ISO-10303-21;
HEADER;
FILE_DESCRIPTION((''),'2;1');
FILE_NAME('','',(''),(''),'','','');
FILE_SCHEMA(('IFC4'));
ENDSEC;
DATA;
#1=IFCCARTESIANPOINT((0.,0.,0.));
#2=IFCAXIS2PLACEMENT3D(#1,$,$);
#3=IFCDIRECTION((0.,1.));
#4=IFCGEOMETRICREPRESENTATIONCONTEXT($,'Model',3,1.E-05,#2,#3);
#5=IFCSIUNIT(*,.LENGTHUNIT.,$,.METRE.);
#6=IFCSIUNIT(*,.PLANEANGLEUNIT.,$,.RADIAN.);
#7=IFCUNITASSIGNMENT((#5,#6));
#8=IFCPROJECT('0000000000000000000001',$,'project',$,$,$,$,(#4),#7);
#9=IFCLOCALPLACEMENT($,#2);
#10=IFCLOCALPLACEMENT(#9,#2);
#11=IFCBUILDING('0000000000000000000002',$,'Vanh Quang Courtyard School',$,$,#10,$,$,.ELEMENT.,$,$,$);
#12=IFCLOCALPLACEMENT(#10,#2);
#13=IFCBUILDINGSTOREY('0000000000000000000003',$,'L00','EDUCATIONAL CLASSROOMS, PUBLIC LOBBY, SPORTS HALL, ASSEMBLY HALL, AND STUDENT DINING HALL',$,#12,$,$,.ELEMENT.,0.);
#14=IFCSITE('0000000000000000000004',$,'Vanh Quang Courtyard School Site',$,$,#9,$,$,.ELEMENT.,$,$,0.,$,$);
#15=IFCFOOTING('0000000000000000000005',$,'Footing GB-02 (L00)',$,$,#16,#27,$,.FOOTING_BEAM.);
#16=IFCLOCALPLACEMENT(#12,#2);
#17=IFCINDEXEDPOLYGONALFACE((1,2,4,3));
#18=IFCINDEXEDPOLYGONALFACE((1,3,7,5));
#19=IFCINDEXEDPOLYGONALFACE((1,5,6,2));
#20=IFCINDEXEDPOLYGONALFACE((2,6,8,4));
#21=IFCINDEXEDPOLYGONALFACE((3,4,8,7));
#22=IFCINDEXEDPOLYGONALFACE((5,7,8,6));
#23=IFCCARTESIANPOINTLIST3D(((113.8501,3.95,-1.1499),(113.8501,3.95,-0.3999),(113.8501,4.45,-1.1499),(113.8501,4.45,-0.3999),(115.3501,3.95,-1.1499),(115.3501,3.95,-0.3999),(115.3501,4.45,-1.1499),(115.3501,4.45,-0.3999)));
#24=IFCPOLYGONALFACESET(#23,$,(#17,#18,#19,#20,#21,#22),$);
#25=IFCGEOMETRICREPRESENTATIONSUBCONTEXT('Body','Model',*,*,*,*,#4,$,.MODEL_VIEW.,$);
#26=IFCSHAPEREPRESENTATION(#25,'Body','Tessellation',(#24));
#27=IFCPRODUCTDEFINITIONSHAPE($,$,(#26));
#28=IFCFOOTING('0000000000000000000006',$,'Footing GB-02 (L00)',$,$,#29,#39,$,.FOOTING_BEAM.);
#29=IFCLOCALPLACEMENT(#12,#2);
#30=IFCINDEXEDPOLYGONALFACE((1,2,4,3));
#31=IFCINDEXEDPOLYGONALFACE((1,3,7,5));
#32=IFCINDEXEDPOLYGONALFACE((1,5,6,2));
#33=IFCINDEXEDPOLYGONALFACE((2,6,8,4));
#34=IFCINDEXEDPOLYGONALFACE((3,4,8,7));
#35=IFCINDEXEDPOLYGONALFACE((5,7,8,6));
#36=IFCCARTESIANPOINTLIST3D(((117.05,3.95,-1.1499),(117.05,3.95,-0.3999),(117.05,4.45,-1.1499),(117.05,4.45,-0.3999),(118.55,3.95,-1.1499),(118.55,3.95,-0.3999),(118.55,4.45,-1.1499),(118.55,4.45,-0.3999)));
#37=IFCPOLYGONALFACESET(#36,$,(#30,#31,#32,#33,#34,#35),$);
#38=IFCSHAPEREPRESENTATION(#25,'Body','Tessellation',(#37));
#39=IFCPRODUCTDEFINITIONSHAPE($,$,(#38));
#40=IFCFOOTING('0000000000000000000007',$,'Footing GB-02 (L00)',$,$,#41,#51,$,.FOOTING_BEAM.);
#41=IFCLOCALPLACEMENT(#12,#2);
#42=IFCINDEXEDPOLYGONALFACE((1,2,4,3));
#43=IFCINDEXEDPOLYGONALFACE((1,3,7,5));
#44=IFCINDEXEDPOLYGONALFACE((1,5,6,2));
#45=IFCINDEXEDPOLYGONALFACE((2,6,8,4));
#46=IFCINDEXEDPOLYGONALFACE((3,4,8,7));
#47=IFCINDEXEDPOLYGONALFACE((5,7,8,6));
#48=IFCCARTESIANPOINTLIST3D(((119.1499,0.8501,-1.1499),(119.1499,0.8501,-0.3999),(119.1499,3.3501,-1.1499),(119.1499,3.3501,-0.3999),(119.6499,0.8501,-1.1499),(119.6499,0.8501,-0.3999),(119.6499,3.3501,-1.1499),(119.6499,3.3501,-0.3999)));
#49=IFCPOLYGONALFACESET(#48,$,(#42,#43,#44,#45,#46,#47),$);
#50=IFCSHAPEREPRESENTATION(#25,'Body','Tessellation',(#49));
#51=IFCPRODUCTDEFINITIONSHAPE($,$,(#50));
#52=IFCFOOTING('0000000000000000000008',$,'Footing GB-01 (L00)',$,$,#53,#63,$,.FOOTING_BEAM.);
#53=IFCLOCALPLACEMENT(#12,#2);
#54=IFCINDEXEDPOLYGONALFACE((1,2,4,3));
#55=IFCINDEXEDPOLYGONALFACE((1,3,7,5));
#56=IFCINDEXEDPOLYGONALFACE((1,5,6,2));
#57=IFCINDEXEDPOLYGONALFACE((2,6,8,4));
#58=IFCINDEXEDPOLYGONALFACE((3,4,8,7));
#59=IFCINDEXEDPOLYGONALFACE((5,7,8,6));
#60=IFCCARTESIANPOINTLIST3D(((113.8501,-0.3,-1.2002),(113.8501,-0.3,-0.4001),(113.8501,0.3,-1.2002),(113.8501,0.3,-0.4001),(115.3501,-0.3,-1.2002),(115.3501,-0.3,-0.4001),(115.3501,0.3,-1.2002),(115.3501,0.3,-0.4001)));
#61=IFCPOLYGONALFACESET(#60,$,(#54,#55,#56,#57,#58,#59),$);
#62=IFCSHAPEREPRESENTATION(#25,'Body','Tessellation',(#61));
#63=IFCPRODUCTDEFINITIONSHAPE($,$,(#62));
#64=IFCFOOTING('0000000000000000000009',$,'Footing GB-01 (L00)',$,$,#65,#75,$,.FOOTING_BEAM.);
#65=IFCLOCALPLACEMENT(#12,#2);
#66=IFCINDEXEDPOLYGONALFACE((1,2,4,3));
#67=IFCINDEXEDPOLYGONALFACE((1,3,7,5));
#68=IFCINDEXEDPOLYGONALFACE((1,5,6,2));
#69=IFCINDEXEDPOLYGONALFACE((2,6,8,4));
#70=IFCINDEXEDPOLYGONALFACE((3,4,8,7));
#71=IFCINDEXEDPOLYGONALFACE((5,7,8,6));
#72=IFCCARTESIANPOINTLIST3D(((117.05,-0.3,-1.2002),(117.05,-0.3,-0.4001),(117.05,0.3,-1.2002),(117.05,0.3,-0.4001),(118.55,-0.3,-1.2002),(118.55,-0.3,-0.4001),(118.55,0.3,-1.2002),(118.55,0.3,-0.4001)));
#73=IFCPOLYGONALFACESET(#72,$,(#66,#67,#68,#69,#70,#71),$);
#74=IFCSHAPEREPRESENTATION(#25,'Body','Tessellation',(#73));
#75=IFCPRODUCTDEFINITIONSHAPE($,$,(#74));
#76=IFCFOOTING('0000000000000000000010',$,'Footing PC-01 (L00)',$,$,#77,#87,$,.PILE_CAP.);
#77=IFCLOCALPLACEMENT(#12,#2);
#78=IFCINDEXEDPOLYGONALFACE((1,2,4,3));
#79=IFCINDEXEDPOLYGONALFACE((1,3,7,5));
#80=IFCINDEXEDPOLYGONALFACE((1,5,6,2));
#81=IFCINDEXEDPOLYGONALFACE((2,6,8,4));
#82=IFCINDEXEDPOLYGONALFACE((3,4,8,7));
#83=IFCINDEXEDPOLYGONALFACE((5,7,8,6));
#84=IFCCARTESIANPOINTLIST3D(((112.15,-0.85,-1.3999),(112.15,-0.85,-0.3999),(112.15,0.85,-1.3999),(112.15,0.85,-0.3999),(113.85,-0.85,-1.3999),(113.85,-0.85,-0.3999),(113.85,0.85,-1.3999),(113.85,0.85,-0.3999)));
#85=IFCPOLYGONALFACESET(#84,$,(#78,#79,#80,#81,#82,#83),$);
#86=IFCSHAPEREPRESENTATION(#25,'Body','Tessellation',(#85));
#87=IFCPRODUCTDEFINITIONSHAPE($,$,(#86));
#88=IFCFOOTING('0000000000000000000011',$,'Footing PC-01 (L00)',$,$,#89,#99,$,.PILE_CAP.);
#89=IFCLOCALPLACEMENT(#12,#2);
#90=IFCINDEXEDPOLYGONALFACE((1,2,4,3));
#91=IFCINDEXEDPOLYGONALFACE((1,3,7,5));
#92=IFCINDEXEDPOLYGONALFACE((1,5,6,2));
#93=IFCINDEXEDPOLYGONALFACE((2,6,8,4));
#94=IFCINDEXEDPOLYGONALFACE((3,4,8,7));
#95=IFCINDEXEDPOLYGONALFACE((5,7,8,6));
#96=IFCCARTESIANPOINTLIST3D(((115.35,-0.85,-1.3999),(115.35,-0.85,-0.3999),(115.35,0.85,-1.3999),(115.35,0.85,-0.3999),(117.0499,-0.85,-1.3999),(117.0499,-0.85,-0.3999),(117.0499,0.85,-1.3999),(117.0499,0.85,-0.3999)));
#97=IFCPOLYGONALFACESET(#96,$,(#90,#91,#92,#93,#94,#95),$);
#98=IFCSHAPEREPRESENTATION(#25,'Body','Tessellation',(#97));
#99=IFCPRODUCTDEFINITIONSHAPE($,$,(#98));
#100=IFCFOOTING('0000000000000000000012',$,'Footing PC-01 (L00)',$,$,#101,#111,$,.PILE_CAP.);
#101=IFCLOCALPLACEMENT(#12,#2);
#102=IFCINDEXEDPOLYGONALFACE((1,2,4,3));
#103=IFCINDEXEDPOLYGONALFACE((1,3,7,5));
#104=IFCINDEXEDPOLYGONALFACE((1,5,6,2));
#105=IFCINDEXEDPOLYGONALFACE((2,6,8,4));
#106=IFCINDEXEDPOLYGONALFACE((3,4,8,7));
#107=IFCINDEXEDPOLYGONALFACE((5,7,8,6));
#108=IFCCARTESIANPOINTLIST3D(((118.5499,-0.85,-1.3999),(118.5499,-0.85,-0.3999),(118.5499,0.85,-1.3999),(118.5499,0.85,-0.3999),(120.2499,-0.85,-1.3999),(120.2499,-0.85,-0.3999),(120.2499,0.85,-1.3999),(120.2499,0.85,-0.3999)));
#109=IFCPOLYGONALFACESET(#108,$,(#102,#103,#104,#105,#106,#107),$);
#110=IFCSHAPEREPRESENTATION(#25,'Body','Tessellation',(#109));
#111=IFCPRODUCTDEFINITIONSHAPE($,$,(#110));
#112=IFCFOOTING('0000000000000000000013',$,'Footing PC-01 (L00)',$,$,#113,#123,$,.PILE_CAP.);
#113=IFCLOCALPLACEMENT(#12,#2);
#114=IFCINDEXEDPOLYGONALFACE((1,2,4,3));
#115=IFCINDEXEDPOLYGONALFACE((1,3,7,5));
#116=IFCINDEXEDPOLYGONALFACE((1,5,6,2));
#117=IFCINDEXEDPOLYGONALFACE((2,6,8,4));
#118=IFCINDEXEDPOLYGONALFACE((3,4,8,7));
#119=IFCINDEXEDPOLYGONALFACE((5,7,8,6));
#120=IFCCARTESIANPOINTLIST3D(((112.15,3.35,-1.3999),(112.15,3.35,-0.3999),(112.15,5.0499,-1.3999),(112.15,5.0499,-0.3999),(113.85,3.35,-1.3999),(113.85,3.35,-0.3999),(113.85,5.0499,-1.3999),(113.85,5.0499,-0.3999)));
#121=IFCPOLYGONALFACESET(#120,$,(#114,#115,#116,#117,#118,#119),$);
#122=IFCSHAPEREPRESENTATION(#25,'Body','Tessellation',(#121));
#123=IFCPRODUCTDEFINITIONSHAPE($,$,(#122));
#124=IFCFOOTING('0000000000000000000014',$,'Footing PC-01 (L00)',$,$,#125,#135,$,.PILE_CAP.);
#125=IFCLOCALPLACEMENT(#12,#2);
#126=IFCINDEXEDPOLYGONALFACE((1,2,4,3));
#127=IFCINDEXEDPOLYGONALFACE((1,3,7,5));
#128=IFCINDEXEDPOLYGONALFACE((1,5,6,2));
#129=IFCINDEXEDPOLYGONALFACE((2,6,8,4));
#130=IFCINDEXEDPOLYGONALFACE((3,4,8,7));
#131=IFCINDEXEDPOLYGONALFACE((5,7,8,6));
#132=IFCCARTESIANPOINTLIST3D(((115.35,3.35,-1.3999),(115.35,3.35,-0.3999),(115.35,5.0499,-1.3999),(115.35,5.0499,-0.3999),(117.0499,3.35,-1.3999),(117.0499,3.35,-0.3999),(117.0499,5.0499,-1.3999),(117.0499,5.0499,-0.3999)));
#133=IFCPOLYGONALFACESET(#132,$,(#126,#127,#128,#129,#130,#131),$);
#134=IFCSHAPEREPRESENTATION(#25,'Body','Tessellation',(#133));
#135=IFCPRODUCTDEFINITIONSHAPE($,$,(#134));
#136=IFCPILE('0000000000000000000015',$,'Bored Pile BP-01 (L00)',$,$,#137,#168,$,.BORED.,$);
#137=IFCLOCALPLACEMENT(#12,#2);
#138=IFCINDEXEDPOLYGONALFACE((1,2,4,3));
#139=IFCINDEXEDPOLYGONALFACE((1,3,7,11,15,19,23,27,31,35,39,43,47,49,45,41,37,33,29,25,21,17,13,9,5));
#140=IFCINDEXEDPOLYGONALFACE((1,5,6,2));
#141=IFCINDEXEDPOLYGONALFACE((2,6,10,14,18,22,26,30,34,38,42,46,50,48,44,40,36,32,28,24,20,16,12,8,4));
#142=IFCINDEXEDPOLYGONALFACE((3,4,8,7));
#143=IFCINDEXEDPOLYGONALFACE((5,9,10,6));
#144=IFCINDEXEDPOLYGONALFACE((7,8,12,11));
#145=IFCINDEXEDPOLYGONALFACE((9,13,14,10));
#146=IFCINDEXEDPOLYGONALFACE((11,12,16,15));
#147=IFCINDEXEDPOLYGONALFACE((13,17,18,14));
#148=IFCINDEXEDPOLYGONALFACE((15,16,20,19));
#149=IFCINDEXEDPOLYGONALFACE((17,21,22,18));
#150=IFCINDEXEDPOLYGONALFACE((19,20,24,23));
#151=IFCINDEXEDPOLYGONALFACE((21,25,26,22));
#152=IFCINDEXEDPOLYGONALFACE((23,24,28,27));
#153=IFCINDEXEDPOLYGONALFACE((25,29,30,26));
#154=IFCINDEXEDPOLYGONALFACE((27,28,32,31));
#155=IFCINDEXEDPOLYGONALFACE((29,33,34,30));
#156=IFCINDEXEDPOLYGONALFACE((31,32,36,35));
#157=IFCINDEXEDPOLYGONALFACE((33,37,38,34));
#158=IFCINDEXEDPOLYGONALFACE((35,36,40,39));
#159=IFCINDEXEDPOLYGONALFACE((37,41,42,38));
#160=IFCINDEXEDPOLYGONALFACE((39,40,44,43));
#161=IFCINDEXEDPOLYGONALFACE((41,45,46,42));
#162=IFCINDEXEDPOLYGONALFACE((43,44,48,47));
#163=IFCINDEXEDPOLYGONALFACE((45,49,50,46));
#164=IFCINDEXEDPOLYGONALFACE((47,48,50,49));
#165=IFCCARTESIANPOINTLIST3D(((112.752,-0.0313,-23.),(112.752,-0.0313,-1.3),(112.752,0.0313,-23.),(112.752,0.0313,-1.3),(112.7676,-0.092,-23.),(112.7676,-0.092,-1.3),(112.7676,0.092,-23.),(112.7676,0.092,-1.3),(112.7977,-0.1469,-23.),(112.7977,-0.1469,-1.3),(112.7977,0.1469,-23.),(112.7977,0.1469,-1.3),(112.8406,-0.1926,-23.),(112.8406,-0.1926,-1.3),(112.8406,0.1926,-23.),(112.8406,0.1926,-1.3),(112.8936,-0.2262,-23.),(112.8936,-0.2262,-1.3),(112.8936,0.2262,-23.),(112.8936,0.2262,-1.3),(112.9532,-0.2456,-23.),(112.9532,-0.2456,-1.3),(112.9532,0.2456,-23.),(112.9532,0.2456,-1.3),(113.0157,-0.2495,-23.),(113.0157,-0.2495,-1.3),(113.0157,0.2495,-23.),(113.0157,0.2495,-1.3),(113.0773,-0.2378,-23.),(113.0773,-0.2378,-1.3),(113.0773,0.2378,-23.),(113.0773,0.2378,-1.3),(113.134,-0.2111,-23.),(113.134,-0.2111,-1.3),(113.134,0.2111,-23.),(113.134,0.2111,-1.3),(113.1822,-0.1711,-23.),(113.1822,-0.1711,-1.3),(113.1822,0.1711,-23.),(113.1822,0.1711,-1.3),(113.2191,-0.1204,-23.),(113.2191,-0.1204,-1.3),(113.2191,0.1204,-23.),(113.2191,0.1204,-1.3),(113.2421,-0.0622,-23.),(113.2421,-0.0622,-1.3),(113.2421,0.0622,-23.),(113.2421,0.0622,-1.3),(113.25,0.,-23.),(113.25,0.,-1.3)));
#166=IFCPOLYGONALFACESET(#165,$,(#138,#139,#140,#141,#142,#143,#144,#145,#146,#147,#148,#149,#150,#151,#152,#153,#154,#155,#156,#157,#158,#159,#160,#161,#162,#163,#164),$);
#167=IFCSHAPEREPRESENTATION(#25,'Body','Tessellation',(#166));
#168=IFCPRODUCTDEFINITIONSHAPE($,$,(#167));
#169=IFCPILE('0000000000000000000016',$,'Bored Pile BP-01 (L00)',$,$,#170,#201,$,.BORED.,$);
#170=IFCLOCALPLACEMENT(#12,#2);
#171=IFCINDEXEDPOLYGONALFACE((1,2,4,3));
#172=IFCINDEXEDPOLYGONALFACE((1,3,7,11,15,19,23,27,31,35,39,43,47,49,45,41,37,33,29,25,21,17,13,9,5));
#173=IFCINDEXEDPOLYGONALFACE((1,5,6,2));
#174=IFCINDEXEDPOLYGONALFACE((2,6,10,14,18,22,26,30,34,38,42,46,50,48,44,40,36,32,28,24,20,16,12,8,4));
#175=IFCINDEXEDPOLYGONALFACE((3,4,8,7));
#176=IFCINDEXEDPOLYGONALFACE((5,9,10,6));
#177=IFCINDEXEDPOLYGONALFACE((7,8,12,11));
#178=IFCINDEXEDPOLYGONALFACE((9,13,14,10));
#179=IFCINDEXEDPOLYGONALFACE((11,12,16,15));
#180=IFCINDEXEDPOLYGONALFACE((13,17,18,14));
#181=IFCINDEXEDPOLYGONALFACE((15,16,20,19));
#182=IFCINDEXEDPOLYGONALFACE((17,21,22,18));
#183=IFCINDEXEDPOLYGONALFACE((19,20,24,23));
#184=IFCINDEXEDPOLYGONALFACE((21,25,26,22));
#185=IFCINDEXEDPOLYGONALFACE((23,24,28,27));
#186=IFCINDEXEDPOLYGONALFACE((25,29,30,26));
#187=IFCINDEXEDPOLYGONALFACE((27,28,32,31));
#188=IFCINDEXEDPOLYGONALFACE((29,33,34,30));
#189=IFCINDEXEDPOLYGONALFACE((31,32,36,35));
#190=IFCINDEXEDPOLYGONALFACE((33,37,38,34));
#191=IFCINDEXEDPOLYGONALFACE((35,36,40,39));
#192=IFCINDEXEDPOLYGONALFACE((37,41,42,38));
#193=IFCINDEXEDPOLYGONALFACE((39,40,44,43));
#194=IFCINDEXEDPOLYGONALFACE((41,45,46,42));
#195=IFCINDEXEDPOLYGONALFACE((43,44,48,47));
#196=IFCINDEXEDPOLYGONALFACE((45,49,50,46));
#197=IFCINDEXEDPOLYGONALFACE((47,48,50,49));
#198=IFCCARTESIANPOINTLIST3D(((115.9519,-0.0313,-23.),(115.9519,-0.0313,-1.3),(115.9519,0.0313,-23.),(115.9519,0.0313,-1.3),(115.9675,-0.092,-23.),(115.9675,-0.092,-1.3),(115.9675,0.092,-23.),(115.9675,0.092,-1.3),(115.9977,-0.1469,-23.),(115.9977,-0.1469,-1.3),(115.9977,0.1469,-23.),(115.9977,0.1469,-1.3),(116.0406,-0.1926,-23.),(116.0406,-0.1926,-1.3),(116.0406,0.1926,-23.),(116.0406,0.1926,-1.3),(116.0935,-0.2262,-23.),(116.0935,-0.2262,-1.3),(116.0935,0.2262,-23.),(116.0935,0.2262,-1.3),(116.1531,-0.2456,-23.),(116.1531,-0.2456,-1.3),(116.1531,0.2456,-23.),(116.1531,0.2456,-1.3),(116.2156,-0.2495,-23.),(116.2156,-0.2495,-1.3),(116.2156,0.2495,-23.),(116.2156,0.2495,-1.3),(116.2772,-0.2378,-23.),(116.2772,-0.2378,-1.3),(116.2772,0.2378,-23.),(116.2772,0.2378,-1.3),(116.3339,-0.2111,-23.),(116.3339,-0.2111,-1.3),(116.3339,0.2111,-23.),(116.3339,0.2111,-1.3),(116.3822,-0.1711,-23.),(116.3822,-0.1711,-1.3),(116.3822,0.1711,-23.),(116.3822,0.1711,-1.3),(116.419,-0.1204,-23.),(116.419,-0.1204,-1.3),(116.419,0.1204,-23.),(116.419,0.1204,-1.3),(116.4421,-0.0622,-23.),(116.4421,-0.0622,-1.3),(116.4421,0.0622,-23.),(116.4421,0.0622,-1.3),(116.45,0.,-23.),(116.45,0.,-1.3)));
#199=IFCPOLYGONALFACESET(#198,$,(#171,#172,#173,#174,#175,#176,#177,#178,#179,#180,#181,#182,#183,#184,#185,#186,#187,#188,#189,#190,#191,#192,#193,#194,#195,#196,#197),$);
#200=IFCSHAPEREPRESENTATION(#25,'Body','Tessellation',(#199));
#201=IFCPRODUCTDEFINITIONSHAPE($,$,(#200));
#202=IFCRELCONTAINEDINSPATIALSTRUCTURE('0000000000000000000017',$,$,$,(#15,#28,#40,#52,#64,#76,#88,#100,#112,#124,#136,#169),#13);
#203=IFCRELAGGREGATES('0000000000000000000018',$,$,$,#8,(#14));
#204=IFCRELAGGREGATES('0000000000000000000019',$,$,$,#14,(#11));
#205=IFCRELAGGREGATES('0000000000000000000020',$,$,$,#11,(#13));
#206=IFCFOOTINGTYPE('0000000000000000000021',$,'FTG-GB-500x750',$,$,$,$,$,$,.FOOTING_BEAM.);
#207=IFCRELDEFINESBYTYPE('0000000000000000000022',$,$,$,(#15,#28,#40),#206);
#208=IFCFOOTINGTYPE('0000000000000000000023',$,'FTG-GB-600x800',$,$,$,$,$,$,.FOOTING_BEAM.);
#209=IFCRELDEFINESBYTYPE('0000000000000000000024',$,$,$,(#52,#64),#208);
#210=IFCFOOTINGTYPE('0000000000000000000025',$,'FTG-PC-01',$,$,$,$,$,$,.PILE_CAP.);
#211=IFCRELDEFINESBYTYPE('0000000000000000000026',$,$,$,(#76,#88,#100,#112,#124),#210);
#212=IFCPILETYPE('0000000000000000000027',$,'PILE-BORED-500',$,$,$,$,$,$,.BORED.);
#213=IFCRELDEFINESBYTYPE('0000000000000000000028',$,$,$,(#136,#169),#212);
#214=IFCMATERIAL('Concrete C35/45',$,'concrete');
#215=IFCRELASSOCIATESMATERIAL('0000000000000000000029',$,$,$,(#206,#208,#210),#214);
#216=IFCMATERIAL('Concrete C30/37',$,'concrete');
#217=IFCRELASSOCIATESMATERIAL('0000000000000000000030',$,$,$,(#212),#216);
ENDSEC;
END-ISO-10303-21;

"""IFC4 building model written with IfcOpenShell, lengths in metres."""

from ifc_helpers import new_model, si_unit, direction, frame, origin, origin_2d, place, context, subcontext, project, spatial, rectangle, circle, extrude, material, material_profile, profile_set, type_object, element, save


model = new_model("IFC4")

# Units and contexts
model_context = context("Model", 3, precision=1e-05, world=origin(), true_north=direction((0.0, 1.0)))
body_context = subcontext(model_context, "Body", "Model", "MODEL_VIEW")
ifc_project = project(units=[si_unit("LENGTHUNIT", "METRE"), si_unit("PLANEANGLEUNIT", "RADIAN")], contexts=[model_context])

# Site, building, storey
site_placement = place(None, origin())
site = spatial("IfcSite", under=ifc_project, at=site_placement, Name="Vanh Quang Courtyard School Site", CompositionType="ELEMENT", RefElevation=0.0)
building_placement = place(site_placement, origin())
building = spatial("IfcBuilding", under=site, at=building_placement, Name="Vanh Quang Courtyard School", CompositionType="ELEMENT")
storey_placement = place(building_placement, origin())
storey = spatial("IfcBuildingStorey", under=building, at=storey_placement, Name="L00", Description="EDUCATIONAL CLASSROOMS, PUBLIC LOBBY, SPORTS HALL, ASSEMBLY HALL, AND STUDENT DINING HALL", CompositionType="ELEMENT", Elevation=0.0)

# Footings
ifc_material_1 = material(Name="Concrete C35/45", Category="concrete")
footing_type_1 = type_object("IfcFootingType", Name="FTG-GB-500x750", PredefinedType="FOOTING_BEAM", material=ifc_material_1)
for number, where, z_axis, x_axis, name in (
    (1, (114.6001, 4.2, -1.1499), (0.0, 0.0, 1.0), (1.0, 0.0, 0.0), "Footing GB-02 (L00)"),
    (2, (117.8, 4.2, -1.1499), (0.0, 0.0, 1.0), (1.0, 0.0, 0.0), "Footing GB-02 (L00)"),
):
    element("IfcFooting", number, at=place(storey_placement, frame(where, z_axis=z_axis, x_axis=x_axis)), inside=storey, type_object=footing_type_1, Name=name, PredefinedType="FOOTING_BEAM", context=body_context, shape_type="SweptSolid", body=[
        extrude(rectangle(XDim=1.5, YDim=0.5, at=origin_2d()), origin(), (0.0, 0.0, 1.0), 0.75),
    ])
footing_placement = place(storey_placement, frame((119.3999, 2.1001, -1.1499), z_axis=(0.0, 0.0, 1.0), x_axis=(0.0, 1.0, 0.0)))
element("IfcFooting", 3, at=footing_placement, inside=storey, type_object=footing_type_1, Name="Footing GB-02 (L00)", PredefinedType="FOOTING_BEAM", context=body_context, shape_type="SweptSolid", body=[
    extrude(rectangle(XDim=2.5, YDim=0.5, at=origin_2d()), origin(), (0.0, 0.0, 1.0), 0.75),
])
footing_type_2 = type_object("IfcFootingType", Name="FTG-GB-600x800", PredefinedType="FOOTING_BEAM", material=ifc_material_1)
for number, where, z_axis, x_axis, name in (
    (4, (114.6001, 0.0, -1.2002), (0.0, 0.0, 1.0), (1.0, 0.0, 0.0), "Footing GB-01 (L00)"),
    (5, (117.8, 0.0, -1.2002), (0.0, 0.0, 1.0), (1.0, 0.0, 0.0), "Footing GB-01 (L00)"),
):
    element("IfcFooting", number, at=place(storey_placement, frame(where, z_axis=z_axis, x_axis=x_axis)), inside=storey, type_object=footing_type_2, Name=name, PredefinedType="FOOTING_BEAM", context=body_context, shape_type="SweptSolid", body=[
        extrude(rectangle(XDim=1.5, YDim=0.6001, at=origin_2d()), origin(), (0.0, 0.0, 1.0), 0.8),
    ])
footing_type_3 = type_object("IfcFootingType", Name="FTG-PC-01", PredefinedType="PILE_CAP", material=ifc_material_1)
for number, where, z_axis, x_axis, name in (
    (6, (113.0, 0.0, -1.3999), (0.0, 0.0, 1.0), (1.0, 0.0, 0.0), "Footing PC-01 (L00)"),
    (7, (116.2, 0.0, -1.3999), (0.0, 0.0, 1.0), (1.0, 0.0, 0.0), "Footing PC-01 (L00)"),
    (8, (119.3999, 0.0, -1.3999), (0.0, 0.0, 1.0), (1.0, 0.0, 0.0), "Footing PC-01 (L00)"),
    (9, (113.0, 4.2, -1.3999), (0.0, 0.0, 1.0), (1.0, 0.0, 0.0), "Footing PC-01 (L00)"),
    (10, (116.2, 4.2, -1.3999), (0.0, 0.0, 1.0), (1.0, 0.0, 0.0), "Footing PC-01 (L00)"),
):
    element("IfcFooting", number, at=place(storey_placement, frame(where, z_axis=z_axis, x_axis=x_axis)), inside=storey, type_object=footing_type_3, Name=name, PredefinedType="PILE_CAP", context=body_context, shape_type="SweptSolid", body=[
        extrude(rectangle(XDim=1.7, YDim=1.7, at=origin_2d()), origin(), (0.0, 0.0, 1.0), 1.0),
    ])

# Piles
ifc_material_2 = material(Name="Concrete C30/37", Category="concrete")
ifc_material_profile_1 = material_profile(ifc_material_2, circle(Radius=0.25, at=origin_2d()), Name="PILE D500")
ifc_profile_set_1 = profile_set([ifc_material_profile_1], Name="Concrete C30/37")
pile_type_1 = type_object("IfcPileType", Name="PILE-BORED-500", PredefinedType="BORED", material=ifc_profile_set_1)
for number, where, z_axis, x_axis, name in (
    (11, (113.0, 0.0, -1.3), (0.0, 0.0, -1.0), (1.0, 0.0, 0.0), "Bored Pile BP-01 (L00)"),
    (12, (116.2, 0.0, -1.3), (0.0, 0.0, -1.0), (1.0, 0.0, 0.0), "Bored Pile BP-01 (L00)"),
):
    element("IfcPile", number, at=place(storey_placement, frame(where, z_axis=z_axis, x_axis=x_axis)), inside=storey, type_object=pile_type_1, Name=name, PredefinedType="BORED", context=body_context, shape_type="SweptSolid", body=[
        extrude(circle(Radius=0.25, at=origin_2d()), origin(), (0.0, 0.0, 1.0), 21.7),
    ])

save(model, "model.ifc")
